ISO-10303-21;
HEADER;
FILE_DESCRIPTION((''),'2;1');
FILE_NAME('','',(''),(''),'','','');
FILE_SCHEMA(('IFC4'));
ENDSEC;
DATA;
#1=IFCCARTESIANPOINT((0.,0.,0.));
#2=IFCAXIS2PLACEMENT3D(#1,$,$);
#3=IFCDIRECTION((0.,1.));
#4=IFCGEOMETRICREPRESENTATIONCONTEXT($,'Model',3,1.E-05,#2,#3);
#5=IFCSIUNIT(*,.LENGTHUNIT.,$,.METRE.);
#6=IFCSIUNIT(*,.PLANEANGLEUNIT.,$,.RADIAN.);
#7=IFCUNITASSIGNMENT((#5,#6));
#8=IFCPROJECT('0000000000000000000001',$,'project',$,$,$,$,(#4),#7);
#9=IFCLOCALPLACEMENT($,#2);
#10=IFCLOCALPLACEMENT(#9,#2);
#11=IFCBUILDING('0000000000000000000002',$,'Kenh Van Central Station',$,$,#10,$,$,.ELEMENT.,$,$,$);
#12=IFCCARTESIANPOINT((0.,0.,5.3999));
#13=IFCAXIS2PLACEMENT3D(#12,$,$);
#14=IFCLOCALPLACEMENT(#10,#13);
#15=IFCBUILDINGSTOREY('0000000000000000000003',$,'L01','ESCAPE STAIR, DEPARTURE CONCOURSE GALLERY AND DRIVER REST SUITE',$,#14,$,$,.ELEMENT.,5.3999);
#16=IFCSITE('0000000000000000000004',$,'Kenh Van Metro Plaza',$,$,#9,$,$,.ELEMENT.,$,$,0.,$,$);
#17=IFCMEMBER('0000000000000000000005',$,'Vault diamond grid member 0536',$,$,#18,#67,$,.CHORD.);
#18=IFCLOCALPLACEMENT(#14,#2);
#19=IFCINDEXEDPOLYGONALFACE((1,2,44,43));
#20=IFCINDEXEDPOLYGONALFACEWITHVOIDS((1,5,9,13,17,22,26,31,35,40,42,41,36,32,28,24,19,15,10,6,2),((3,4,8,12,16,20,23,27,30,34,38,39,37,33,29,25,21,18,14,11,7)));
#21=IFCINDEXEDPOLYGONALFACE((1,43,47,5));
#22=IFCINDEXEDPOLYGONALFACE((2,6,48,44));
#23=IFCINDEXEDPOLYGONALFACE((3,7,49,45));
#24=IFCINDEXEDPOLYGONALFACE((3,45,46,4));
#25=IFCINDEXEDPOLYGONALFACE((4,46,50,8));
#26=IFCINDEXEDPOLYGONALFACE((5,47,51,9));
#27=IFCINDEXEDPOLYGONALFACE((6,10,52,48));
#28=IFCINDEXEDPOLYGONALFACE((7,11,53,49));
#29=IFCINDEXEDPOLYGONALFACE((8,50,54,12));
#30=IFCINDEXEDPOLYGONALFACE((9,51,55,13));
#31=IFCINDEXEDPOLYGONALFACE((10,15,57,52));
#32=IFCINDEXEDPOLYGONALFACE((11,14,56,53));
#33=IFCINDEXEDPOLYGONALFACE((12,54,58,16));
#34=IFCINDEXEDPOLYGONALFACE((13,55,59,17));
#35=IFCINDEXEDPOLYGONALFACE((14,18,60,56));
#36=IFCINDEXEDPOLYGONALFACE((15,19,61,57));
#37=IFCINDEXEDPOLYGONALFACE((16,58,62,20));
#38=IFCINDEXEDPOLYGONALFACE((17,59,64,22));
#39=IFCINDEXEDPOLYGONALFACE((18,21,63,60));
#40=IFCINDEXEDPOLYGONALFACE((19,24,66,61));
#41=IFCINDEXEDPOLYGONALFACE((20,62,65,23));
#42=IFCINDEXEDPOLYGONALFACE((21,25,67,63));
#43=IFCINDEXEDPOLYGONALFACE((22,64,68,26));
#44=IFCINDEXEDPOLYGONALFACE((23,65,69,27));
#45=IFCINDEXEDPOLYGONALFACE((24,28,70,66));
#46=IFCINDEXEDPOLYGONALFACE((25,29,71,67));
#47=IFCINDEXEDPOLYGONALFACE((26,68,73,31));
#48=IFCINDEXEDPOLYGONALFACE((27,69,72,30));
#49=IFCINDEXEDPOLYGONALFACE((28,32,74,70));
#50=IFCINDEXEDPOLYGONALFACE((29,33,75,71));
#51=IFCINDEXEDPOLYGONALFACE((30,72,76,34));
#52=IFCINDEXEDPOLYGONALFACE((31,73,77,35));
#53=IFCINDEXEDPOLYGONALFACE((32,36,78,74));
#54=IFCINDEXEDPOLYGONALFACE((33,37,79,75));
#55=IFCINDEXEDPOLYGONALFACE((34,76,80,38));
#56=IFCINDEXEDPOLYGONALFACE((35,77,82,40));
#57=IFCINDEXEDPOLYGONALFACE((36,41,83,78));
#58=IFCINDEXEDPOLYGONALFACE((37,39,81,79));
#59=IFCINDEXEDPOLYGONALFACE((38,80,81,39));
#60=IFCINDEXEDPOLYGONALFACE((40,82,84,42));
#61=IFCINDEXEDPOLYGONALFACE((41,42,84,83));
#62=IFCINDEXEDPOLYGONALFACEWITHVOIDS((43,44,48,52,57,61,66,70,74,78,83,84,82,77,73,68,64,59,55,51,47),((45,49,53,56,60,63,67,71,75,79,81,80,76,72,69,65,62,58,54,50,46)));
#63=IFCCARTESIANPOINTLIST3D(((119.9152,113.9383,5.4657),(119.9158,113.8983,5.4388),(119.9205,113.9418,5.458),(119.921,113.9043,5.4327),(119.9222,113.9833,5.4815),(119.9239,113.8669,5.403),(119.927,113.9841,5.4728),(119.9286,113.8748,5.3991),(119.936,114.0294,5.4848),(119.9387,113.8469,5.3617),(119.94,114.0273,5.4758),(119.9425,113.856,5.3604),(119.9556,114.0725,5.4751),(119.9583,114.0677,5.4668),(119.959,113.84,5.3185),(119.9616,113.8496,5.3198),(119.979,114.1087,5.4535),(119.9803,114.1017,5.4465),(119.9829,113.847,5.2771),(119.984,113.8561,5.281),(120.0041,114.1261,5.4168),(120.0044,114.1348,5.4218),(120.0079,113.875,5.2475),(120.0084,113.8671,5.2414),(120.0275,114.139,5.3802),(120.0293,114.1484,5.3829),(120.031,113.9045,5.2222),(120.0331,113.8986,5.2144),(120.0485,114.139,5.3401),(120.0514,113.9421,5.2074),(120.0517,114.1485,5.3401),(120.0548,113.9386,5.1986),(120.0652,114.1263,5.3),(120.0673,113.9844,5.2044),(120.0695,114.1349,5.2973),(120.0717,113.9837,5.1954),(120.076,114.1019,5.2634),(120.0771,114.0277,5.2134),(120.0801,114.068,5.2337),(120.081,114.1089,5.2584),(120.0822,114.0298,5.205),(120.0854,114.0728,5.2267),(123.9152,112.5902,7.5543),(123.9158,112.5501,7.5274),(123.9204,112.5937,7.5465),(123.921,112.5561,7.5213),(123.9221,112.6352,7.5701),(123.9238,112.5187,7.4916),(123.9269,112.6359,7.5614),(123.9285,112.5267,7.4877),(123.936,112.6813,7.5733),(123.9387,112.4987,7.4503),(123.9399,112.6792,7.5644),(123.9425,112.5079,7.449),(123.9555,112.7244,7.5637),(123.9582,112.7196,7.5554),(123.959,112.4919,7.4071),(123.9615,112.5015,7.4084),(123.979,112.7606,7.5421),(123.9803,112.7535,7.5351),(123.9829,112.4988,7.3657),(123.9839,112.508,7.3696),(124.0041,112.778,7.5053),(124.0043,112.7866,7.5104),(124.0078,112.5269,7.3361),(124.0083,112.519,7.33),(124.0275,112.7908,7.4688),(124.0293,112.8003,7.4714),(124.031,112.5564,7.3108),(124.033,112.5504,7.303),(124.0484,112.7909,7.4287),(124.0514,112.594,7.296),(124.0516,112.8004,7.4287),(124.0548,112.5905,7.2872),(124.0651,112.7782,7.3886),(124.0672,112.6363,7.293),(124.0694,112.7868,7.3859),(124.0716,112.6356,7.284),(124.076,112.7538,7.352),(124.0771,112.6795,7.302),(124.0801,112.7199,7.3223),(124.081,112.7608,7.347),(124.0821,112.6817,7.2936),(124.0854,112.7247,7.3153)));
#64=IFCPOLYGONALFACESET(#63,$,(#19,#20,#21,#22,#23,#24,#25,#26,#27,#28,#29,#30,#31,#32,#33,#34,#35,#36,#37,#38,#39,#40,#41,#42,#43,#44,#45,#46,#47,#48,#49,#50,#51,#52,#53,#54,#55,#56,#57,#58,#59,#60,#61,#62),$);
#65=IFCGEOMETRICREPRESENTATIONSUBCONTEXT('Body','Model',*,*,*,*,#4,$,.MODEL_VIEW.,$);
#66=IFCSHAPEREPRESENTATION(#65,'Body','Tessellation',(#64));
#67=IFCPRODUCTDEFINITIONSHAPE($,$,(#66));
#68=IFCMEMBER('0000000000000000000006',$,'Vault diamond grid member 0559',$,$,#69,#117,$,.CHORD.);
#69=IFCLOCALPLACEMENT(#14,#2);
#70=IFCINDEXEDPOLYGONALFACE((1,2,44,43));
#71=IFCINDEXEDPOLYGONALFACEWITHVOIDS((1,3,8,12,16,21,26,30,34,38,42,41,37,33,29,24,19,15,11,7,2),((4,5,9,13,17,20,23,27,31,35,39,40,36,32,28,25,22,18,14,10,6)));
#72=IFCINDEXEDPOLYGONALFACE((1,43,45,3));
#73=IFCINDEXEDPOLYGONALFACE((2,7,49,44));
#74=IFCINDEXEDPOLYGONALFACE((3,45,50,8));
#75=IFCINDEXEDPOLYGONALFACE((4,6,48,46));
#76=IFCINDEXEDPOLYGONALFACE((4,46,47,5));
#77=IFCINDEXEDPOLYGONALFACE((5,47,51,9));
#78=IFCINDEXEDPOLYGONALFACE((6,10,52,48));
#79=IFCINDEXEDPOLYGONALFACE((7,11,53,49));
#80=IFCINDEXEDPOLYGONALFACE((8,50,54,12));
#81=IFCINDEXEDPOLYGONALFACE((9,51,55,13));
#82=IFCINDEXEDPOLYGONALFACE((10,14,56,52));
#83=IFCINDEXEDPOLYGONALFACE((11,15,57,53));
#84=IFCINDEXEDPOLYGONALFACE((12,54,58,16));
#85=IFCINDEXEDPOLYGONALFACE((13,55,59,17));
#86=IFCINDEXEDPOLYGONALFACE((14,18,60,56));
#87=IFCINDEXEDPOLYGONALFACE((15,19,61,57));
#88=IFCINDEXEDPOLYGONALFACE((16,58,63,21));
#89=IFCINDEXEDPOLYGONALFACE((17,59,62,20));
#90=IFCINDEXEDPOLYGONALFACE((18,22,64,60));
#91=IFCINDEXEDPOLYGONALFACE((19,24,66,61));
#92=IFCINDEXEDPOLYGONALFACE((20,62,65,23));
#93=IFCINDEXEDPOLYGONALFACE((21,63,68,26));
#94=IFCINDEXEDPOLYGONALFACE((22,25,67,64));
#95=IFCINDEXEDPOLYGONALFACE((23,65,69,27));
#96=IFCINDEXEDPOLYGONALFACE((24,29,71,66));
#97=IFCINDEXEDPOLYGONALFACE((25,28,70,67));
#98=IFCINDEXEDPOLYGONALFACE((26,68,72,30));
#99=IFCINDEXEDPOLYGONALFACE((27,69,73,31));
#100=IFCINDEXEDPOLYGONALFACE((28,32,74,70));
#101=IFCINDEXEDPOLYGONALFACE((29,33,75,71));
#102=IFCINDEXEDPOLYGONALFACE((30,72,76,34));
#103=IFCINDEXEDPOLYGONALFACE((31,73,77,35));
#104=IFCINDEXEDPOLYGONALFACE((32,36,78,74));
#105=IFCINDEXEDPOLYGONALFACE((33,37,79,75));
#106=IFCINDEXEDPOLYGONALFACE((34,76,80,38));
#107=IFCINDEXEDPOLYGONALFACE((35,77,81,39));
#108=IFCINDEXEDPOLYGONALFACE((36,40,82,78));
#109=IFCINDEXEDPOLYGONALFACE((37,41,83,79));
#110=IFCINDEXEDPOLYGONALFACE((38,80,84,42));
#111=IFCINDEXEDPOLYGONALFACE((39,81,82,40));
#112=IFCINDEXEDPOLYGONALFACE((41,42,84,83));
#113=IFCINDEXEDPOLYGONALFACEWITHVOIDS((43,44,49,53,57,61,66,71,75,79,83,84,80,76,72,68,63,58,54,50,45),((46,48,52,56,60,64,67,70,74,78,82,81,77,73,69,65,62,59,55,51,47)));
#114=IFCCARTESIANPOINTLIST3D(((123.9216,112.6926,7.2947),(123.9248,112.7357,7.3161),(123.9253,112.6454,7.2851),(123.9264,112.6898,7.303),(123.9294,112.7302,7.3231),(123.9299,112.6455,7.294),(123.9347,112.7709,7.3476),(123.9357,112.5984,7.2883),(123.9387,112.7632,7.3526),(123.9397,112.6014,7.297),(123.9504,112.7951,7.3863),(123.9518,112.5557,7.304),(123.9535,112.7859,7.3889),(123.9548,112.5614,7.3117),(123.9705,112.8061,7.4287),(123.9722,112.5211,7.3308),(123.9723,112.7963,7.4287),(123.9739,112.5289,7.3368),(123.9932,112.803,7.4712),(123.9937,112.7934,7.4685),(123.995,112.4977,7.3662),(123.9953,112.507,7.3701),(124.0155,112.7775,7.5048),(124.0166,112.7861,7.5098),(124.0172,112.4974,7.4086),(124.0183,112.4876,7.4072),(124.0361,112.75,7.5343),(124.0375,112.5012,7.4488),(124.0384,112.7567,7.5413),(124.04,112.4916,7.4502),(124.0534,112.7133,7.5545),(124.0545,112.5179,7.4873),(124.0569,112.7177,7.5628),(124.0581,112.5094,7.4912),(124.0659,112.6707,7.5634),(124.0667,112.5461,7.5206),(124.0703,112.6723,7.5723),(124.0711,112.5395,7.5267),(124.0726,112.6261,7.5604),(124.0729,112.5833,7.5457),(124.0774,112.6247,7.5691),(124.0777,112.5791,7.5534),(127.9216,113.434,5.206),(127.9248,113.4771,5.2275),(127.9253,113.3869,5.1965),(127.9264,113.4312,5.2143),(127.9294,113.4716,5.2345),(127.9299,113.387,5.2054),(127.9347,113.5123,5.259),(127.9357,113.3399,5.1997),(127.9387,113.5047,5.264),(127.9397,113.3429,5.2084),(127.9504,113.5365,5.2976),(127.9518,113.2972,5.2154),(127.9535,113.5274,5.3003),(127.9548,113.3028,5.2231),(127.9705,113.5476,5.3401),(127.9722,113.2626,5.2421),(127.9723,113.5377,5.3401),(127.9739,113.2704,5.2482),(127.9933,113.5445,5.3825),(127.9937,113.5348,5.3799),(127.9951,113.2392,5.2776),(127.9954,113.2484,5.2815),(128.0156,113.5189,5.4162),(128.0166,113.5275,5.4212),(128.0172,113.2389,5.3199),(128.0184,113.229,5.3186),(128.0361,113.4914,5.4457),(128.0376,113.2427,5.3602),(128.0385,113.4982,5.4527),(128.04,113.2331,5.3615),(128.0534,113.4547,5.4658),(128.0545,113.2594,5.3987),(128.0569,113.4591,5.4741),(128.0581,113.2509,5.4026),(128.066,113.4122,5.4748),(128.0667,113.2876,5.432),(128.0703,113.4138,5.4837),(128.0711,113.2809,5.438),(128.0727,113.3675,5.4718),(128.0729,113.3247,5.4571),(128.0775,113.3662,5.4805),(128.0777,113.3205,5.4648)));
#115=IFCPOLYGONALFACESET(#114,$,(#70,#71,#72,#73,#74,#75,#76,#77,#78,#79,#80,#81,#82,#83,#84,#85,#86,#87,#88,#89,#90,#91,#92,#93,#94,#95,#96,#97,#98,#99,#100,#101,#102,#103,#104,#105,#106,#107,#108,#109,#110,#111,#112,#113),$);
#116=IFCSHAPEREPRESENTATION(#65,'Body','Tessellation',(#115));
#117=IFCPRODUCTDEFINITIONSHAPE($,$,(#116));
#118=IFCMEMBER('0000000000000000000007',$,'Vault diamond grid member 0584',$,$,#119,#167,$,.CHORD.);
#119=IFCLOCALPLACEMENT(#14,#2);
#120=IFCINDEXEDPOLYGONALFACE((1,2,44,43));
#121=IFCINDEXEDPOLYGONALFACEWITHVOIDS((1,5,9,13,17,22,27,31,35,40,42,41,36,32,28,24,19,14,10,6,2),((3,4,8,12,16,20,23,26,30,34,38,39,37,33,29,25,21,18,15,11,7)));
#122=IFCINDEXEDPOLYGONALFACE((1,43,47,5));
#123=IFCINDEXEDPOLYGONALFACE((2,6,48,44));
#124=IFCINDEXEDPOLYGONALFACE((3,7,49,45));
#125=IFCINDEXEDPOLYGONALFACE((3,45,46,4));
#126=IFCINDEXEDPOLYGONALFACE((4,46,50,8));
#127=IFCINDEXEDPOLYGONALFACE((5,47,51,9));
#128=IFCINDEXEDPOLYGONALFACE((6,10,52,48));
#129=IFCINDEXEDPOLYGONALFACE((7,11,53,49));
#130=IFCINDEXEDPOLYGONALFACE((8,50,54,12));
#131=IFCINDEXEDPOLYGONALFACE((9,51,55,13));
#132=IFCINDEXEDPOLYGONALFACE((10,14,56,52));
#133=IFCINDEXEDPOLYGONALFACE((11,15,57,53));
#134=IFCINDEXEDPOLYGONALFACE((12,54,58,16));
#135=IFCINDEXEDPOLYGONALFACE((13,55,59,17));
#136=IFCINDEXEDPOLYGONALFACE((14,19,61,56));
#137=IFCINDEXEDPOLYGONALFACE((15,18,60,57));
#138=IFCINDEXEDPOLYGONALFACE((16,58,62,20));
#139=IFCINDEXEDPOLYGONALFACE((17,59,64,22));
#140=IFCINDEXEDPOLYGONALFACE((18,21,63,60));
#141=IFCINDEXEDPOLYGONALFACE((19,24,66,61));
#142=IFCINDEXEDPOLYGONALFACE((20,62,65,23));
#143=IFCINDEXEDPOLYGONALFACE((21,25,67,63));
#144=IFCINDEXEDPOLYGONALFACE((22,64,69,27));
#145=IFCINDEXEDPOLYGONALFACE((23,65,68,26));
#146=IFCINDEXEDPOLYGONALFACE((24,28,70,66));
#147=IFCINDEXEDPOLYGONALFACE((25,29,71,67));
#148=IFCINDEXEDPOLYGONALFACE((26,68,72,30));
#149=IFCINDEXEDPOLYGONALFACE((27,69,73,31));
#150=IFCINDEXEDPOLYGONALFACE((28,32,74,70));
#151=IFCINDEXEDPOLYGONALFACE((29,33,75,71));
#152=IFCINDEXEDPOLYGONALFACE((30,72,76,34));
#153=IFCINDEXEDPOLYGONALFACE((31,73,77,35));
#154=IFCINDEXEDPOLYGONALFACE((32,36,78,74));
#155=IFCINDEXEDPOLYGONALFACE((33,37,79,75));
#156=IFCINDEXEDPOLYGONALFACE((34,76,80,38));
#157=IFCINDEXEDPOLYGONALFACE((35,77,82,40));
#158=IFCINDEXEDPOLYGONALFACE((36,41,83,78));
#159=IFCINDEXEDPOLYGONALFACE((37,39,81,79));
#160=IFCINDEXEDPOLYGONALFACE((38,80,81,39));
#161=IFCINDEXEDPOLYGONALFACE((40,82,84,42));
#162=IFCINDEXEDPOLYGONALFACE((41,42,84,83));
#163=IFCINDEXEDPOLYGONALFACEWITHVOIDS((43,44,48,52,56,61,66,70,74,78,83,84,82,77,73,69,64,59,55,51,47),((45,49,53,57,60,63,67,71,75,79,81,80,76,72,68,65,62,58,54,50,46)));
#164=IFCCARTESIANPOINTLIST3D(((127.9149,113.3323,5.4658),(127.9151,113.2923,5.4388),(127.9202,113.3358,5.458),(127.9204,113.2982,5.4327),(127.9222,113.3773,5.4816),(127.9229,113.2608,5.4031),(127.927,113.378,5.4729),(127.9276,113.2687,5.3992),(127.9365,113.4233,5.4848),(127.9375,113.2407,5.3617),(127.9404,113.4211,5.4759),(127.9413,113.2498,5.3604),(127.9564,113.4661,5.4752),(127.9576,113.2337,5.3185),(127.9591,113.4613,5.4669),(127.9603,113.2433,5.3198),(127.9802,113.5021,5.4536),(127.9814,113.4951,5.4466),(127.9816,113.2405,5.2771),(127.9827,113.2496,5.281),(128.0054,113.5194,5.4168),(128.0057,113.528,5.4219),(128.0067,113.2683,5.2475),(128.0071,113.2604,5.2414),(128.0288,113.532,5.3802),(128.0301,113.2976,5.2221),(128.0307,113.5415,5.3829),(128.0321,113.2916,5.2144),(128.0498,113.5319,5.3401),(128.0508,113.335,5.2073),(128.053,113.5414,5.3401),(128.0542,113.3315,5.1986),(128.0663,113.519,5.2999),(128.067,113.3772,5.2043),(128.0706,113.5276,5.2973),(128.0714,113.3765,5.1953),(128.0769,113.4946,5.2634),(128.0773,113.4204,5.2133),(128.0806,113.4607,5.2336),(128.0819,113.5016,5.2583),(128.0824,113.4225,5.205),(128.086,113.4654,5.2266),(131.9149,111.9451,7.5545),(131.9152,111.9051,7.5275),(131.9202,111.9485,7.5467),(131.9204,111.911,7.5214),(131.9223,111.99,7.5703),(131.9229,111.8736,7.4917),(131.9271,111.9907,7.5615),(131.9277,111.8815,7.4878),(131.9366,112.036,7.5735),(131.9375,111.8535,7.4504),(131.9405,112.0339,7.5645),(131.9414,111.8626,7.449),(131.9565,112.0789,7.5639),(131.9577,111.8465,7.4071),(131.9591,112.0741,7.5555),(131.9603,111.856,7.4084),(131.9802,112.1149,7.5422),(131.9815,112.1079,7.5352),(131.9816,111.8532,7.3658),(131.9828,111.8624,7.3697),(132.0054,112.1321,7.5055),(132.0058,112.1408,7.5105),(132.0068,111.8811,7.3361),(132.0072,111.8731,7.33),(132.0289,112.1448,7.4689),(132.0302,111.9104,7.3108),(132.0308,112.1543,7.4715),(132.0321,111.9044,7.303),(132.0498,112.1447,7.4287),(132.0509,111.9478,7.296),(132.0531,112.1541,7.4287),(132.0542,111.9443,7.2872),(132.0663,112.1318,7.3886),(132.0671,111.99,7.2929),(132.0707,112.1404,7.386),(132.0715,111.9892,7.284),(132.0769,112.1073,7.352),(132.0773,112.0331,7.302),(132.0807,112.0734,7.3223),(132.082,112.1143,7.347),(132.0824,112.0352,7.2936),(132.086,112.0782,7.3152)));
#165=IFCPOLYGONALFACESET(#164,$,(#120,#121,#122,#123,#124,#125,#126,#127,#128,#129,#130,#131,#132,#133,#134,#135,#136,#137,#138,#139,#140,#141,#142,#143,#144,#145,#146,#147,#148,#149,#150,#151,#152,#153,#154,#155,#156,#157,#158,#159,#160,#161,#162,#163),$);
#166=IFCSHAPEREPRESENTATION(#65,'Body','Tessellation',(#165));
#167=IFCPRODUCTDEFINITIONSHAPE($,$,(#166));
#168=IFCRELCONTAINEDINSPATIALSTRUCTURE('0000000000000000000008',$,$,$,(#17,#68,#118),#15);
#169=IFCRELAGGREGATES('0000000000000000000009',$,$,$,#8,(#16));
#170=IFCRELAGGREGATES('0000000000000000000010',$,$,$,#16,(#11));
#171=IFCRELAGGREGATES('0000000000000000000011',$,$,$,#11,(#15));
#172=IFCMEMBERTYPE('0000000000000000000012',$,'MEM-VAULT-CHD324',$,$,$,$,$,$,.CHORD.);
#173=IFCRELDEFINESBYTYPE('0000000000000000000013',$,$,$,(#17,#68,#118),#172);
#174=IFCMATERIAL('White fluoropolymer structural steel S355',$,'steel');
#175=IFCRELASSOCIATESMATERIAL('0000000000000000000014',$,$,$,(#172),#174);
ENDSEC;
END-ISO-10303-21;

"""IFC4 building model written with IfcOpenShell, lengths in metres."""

from ifc_helpers import new_model, si_unit, direction, frame, origin, origin_2d, place, context, subcontext, project, spatial, hollow_circle, extrude, material, material_profile, profile_set, type_object, element, save


model = new_model("IFC4")

# Units and contexts
model_context = context("Model", 3, precision=1e-05, world=origin(), true_north=direction((0.0, 1.0)))
body_context = subcontext(model_context, "Body", "Model", "MODEL_VIEW")
ifc_project = project(units=[si_unit("LENGTHUNIT", "METRE"), si_unit("PLANEANGLEUNIT", "RADIAN")], contexts=[model_context])

# Site, building, storey
site_placement = place(None, origin())
site = spatial("IfcSite", under=ifc_project, at=site_placement, Name="Kenh Van Metro Plaza", CompositionType="ELEMENT", RefElevation=0.0)
building_placement = place(site_placement, origin())
building = spatial("IfcBuilding", under=site, at=building_placement, Name="Kenh Van Central Station", CompositionType="ELEMENT")
storey_placement = place(building_placement, frame((0.0, 0.0, 5.3999)))
storey = spatial("IfcBuildingStorey", under=building, at=storey_placement, Name="L01", Description="ESCAPE STAIR, DEPARTURE CONCOURSE GALLERY AND DRIVER REST SUITE", CompositionType="ELEMENT", Elevation=5.3999)

# Shared definitions
ifc_material_1 = material(Name="White fluoropolymer structural steel S355", Category="steel")

# Members
ifc_material_profile_1 = material_profile(ifc_material_1, hollow_circle(Radius=0.1619, WallThickness=0.01, at=origin_2d()), Name="CHS 323.9x10")
ifc_profile_set_1 = profile_set([ifc_material_profile_1], Name="White fluoropolymer structural steel S355")
member_type_1 = type_object("IfcMemberType", Name="MEM-VAULT-CHD324", PredefinedType="CHORD", material=ifc_profile_set_1)
member_1_placement = place(storey_placement, frame((120.0, 113.9951, 5.3401), z_axis=(0.849338, -0.286258, 0.443487), x_axis=(0.319384, 0.947625, 0.0)))
element("IfcMember", 1, at=member_1_placement, inside=storey, type_object=member_type_1, Name="Vault diamond grid member 0536", PredefinedType="CHORD", context=body_context, shape_type="SweptSolid", body=[
    extrude(hollow_circle(Radius=0.1619, WallThickness=0.01, at=origin_2d()), origin(), (0.0, 0.0, 1.0), 4.7095),
])
member_2_placement = place(storey_placement, frame((124.0, 112.647, 7.4287), z_axis=(0.874704, 0.162138, -0.456732), x_axis=(-0.182259, 0.983251, 0.0)))
element("IfcMember", 2, at=member_2_placement, inside=storey, type_object=member_type_1, Name="Vault diamond grid member 0559", PredefinedType="CHORD", context=body_context, shape_type="SweptSolid", body=[
    extrude(hollow_circle(Radius=0.1619, WallThickness=0.01, at=origin_2d()), origin(), (0.0, 0.0, 1.0), 4.573),
])
member_3_placement = place(storey_placement, frame((128.0, 113.3884, 5.3401), z_axis=(0.8473, -0.293845, 0.442423), x_axis=(0.327657, 0.944797, 0.0)))
element("IfcMember", 3, at=member_3_placement, inside=storey, type_object=member_type_1, Name="Vault diamond grid member 0584", PredefinedType="CHORD", context=body_context, shape_type="SweptSolid", body=[
    extrude(hollow_circle(Radius=0.1619, WallThickness=0.01, at=origin_2d()), origin(), (0.0, 0.0, 1.0), 4.7209),
])

save(model, "model.ifc")
